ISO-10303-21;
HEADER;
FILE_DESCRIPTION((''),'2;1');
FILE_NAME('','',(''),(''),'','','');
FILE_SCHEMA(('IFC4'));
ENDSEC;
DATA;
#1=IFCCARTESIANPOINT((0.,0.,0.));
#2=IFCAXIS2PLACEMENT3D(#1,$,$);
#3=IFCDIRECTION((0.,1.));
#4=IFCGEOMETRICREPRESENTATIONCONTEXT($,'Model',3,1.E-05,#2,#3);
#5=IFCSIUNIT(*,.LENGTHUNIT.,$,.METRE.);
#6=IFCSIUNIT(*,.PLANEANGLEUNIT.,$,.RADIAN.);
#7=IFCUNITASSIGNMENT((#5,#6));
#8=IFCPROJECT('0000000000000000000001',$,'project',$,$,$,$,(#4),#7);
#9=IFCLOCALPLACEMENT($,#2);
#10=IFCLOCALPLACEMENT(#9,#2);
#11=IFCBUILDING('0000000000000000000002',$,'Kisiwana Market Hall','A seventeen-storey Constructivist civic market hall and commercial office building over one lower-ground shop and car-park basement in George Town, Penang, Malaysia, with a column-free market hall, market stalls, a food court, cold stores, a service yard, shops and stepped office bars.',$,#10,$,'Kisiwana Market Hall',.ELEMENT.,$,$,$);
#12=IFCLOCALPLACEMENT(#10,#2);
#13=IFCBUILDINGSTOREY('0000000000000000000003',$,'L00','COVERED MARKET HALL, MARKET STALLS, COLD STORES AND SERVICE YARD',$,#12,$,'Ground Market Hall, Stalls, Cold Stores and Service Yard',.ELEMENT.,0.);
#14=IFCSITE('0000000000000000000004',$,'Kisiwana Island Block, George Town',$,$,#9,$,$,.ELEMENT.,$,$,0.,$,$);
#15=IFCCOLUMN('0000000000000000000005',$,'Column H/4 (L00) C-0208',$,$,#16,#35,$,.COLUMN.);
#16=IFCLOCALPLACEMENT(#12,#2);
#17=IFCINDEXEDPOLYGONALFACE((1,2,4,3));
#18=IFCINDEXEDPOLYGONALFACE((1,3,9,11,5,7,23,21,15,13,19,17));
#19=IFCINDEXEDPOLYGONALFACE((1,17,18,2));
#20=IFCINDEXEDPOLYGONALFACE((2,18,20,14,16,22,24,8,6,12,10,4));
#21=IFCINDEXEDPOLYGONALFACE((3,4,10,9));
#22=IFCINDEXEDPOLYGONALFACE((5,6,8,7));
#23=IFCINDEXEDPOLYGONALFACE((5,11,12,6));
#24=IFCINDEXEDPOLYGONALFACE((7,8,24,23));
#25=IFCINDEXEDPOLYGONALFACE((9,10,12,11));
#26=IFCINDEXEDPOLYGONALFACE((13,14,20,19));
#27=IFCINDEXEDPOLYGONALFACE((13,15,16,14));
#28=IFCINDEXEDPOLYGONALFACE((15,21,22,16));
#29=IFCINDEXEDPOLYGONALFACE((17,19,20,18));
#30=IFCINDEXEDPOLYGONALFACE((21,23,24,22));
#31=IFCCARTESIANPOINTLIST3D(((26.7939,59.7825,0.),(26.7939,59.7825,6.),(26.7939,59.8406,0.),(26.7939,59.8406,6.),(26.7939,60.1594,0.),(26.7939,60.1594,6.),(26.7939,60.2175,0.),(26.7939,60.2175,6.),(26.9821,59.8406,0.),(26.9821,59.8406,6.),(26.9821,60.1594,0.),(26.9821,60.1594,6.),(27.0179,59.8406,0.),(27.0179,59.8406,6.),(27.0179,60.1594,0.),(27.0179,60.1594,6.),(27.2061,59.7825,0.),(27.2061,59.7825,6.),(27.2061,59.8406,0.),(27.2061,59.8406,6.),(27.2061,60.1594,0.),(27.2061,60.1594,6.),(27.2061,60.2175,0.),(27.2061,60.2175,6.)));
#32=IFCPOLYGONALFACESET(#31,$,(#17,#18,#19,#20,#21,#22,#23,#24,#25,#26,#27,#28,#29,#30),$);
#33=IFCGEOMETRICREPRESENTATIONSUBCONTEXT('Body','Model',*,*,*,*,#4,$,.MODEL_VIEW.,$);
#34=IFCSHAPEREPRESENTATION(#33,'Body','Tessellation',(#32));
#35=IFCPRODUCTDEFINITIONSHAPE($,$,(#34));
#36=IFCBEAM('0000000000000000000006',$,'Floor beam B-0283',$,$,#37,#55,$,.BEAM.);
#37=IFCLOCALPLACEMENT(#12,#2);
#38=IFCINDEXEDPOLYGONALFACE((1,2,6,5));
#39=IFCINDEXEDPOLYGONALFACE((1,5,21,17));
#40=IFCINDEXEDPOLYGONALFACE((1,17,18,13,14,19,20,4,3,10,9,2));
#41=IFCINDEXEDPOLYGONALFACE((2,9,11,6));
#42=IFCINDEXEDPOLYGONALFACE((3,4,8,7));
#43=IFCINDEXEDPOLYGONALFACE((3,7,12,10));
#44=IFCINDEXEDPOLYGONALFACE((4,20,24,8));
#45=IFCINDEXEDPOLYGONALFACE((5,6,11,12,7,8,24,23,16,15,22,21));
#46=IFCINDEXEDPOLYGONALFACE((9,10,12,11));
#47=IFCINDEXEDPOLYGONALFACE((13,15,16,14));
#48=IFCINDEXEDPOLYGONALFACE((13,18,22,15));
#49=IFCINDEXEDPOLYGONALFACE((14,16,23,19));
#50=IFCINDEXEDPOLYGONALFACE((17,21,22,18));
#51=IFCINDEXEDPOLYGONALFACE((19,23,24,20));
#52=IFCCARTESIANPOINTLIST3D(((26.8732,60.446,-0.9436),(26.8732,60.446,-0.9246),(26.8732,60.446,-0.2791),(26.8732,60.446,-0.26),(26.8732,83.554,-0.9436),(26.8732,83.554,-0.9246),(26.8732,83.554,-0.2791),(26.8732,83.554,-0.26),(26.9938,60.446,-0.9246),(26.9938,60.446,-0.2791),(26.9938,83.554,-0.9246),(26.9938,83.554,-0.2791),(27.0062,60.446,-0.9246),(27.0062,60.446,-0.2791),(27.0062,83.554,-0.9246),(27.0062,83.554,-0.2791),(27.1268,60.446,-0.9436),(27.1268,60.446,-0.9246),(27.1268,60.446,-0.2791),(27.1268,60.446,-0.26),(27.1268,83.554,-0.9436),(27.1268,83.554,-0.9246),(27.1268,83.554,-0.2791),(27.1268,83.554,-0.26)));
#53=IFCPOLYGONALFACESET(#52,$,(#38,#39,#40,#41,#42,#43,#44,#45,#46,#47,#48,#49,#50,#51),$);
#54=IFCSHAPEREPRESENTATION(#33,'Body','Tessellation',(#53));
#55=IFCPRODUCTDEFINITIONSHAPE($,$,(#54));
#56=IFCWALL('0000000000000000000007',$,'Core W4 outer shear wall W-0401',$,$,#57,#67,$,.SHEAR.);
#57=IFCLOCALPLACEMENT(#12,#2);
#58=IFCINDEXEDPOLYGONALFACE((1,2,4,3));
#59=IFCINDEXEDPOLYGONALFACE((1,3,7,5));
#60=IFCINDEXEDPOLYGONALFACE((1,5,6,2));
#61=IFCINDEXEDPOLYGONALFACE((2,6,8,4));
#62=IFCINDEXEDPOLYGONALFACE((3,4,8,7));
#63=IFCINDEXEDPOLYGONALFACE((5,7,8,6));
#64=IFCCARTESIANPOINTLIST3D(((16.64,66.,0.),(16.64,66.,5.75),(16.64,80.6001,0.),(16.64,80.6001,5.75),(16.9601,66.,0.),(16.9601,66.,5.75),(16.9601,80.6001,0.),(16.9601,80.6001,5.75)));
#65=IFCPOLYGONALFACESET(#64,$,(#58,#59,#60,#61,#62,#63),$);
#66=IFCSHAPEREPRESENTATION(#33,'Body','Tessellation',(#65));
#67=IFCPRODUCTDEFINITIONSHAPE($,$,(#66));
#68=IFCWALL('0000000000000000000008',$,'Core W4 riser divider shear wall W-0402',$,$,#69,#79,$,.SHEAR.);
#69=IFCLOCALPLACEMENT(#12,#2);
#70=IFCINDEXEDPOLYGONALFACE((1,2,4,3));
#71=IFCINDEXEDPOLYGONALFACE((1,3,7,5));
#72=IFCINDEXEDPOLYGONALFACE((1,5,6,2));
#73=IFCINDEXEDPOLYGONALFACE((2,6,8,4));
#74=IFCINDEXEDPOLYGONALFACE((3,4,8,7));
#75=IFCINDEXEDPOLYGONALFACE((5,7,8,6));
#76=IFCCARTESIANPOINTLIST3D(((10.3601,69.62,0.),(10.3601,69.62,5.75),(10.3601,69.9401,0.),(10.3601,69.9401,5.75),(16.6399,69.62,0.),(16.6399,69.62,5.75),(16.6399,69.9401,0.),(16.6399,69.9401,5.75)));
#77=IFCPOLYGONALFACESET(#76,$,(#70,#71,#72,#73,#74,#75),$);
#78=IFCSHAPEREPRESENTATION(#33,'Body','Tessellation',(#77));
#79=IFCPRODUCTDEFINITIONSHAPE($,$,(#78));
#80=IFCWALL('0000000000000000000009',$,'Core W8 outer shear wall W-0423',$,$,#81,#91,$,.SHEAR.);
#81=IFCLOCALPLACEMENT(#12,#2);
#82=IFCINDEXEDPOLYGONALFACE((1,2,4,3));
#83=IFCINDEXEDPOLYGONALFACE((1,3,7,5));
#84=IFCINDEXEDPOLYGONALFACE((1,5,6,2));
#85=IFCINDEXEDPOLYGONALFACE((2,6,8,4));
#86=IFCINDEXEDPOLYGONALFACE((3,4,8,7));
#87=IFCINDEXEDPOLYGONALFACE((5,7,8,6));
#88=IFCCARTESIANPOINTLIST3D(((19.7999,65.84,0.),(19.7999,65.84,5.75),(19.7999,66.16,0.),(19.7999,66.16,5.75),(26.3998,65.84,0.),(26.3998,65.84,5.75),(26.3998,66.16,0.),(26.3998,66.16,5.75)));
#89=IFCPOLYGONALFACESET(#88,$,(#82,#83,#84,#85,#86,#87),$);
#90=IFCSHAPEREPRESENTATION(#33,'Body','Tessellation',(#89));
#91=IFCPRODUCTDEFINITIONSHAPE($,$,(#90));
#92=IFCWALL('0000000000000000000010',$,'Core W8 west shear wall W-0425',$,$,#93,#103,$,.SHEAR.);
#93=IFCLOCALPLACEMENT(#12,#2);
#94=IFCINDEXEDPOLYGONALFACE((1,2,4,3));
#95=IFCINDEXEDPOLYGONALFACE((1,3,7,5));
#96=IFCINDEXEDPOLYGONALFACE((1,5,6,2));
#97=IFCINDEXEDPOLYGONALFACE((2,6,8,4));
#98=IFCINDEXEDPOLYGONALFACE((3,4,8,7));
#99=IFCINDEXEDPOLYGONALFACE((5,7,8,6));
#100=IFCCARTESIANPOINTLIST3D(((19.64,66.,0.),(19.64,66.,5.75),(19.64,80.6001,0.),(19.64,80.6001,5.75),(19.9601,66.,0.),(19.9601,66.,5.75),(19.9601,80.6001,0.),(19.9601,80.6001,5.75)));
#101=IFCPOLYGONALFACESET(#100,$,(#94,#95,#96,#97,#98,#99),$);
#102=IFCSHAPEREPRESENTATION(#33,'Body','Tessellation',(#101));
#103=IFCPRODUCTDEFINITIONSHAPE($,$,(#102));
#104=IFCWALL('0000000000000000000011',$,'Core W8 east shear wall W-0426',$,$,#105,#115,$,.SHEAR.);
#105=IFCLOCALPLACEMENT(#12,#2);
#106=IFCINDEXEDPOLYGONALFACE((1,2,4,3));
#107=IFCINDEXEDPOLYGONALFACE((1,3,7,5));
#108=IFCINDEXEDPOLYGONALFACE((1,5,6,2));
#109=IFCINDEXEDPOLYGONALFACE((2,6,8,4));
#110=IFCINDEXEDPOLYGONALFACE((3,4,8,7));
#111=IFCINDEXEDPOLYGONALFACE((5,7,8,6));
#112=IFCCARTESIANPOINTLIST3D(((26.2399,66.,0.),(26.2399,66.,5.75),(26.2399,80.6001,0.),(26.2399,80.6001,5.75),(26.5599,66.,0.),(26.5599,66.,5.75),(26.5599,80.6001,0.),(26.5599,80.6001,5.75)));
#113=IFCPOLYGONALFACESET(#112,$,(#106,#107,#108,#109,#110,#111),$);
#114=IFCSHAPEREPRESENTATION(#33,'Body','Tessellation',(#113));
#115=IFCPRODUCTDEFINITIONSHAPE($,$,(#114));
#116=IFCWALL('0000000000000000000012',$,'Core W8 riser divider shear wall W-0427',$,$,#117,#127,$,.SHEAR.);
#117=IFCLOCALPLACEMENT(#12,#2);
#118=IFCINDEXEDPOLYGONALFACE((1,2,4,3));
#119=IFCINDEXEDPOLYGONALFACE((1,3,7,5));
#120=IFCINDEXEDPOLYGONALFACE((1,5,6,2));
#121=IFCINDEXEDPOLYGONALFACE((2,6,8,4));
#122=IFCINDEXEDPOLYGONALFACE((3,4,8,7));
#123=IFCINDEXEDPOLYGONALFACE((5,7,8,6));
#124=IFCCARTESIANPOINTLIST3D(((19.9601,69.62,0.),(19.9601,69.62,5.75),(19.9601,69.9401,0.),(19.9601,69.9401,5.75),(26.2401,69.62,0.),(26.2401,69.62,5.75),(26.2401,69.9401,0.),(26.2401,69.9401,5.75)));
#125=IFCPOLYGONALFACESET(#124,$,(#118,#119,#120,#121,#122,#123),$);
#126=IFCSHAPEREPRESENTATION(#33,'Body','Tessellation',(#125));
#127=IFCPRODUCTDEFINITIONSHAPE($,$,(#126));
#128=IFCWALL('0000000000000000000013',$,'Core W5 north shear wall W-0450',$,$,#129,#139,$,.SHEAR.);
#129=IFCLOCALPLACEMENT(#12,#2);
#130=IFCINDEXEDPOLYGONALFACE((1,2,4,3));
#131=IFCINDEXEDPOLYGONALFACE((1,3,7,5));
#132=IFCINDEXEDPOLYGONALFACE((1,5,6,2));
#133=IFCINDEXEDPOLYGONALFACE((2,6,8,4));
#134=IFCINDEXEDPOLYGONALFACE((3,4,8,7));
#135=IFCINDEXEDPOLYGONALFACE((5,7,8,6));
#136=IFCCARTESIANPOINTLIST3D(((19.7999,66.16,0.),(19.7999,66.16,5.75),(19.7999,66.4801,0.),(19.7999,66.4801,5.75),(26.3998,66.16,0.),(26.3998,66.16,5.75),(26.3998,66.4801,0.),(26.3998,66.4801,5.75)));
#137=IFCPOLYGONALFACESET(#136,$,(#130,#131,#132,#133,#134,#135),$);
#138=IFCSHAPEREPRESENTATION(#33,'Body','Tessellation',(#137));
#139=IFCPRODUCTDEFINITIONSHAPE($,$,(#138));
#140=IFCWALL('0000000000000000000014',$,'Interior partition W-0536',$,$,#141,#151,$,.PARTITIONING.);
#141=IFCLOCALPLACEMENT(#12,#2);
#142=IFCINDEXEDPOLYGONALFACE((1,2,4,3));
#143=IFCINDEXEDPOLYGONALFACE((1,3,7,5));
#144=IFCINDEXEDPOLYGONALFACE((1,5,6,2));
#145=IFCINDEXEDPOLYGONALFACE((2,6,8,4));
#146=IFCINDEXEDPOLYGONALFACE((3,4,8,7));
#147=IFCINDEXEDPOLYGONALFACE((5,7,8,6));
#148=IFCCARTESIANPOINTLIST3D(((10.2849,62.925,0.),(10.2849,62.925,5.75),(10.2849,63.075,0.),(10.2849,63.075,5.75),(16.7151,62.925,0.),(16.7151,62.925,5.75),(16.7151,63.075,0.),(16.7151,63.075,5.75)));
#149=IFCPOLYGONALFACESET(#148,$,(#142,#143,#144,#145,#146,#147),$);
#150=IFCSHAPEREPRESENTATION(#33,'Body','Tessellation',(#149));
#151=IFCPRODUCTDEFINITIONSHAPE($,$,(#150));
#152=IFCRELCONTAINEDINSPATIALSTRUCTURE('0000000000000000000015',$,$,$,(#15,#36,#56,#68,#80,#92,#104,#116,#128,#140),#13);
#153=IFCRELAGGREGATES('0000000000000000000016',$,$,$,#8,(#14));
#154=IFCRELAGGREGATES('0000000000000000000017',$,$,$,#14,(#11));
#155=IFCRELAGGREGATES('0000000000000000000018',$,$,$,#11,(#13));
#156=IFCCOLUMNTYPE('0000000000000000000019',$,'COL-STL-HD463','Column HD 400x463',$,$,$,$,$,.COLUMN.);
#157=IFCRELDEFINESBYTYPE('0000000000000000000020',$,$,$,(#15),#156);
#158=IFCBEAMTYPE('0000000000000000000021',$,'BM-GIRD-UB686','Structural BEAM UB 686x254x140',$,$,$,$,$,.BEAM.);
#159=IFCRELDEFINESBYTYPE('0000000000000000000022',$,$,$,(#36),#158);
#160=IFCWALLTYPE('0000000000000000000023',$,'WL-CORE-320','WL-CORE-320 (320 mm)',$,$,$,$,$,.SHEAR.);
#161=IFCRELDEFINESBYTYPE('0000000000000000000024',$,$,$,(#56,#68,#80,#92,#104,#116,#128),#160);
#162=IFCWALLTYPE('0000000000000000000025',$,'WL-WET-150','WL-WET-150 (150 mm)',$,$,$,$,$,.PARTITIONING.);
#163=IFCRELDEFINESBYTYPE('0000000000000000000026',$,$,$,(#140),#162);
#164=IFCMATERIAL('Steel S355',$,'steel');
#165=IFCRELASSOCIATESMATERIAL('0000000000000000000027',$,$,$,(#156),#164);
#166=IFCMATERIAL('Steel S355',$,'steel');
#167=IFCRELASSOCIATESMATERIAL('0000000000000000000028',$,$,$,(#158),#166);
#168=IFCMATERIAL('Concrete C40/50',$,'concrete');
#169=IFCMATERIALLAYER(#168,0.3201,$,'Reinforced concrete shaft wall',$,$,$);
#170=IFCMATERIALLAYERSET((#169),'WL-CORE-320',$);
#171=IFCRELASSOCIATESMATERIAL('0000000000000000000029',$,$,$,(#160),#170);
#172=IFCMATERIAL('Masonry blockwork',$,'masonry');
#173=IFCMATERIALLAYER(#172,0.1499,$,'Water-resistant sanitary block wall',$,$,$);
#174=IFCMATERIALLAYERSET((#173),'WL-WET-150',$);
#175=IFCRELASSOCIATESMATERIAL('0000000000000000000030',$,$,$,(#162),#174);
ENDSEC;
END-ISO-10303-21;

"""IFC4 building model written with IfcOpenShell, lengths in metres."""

from ifc_helpers import new_model, si_unit, direction, frame, frame_2d, origin, origin_2d, place, context, subcontext, project, spatial, rectangle, i_section, extrude, material, layer, layer_set, material_profile, profile_set, type_object, element, save


model = new_model("IFC4")

# Units and contexts
model_context = context("Model", 3, precision=1e-05, world=origin(), true_north=direction((0.0, 1.0)))
body_context = subcontext(model_context, "Body", "Model", "MODEL_VIEW")
ifc_project = project(units=[si_unit("LENGTHUNIT", "METRE"), si_unit("PLANEANGLEUNIT", "RADIAN")], contexts=[model_context])

# Site, building, storey
site_placement = place(None, origin())
site = spatial("IfcSite", under=ifc_project, at=site_placement, Name="Kisiwana Island Block, George Town", CompositionType="ELEMENT", RefElevation=0.0)
building_placement = place(site_placement, origin())
building = spatial("IfcBuilding", under=site, at=building_placement, Name="Kisiwana Market Hall", Description="A seventeen-storey Constructivist civic market hall and commercial office building over one lower-ground shop and car-park basement in George Town, Penang, Malaysia, with a column-free market hall, market stalls, a food court, cold stores, a service yard, shops and stepped office bars.", LongName="Kisiwana Market Hall", CompositionType="ELEMENT")
storey_placement = place(building_placement, origin())
storey = spatial("IfcBuildingStorey", under=building, at=storey_placement, Name="L00", Description="COVERED MARKET HALL, MARKET STALLS, COLD STORES AND SERVICE YARD", LongName="Ground Market Hall, Stalls, Cold Stores and Service Yard", CompositionType="ELEMENT", Elevation=0.0)

# Column
ifc_material_1 = material(Name="Steel S355", Category="steel")
ifc_material_profile_1 = material_profile(ifc_material_1, i_section(OverallWidth=0.4121, OverallDepth=0.4351, WebThickness=0.0359, FlangeThickness=0.0581, at=origin_2d()), Name="HD 400x463")
ifc_profile_set_1 = profile_set([ifc_material_profile_1], Name="Steel S355")
column_type = type_object("IfcColumnType", Name="COL-STL-HD463", Description="Column HD 400x463", PredefinedType="COLUMN", material=ifc_profile_set_1)
column_placement = place(storey_placement, frame((27.0, 60.0, 0.0), z_axis=(0.0, 0.0, 1.0), x_axis=(1.0, 0.0, 0.0)))
element("IfcColumn", 1, at=column_placement, inside=storey, type_object=column_type, Name="Column H/4 (L00) C-0208", PredefinedType="COLUMN", context=body_context, shape_type="SweptSolid", body=[
    extrude(i_section(OverallWidth=0.4121, OverallDepth=0.4351, WebThickness=0.0359, FlangeThickness=0.0581, at=origin_2d()), origin(), (0.0, 0.0, 1.0), 6.0),
])

# Beam
ifc_material_2 = material(Name="Steel S355", Category="steel")
ifc_material_profile_2 = material_profile(ifc_material_2, i_section(OverallWidth=0.2537, OverallDepth=0.6836, WebThickness=0.0125, FlangeThickness=0.019, at=origin_2d()), Name="UB 686x254x140")
ifc_profile_set_2 = profile_set([ifc_material_profile_2], Name="Steel S355")
beam_type = type_object("IfcBeamType", Name="BM-GIRD-UB686", Description="Structural BEAM UB 686x254x140", PredefinedType="BEAM", material=ifc_profile_set_2)
beam_placement = place(storey_placement, frame((27.0, 60.446, -0.6018), z_axis=(0.0, 1.0, 0.0), x_axis=(-1.0, 0.0, 0.0)))
element("IfcBeam", 2, at=beam_placement, inside=storey, type_object=beam_type, Name="Floor beam B-0283", PredefinedType="BEAM", context=body_context, shape_type="SweptSolid", body=[
    extrude(i_section(OverallWidth=0.2537, OverallDepth=0.6836, WebThickness=0.0125, FlangeThickness=0.019, at=origin_2d()), origin(), (0.0, 0.0, 1.0), 23.1079),
])

# Walls
ifc_material_3 = material(Name="Concrete C40/50", Category="concrete")
ifc_layer_1 = layer(ifc_material_3, 0.3201, Name="Reinforced concrete shaft wall")
ifc_layer_set_1 = layer_set([ifc_layer_1], Name="WL-CORE-320")
wall_type_1 = type_object("IfcWallType", Name="WL-CORE-320", Description="WL-CORE-320 (320 mm)", PredefinedType="SHEAR", material=ifc_layer_set_1)
wall_1_placement = place(storey_placement, frame((16.8, 66.0, 0.0), z_axis=(0.0, 0.0, 1.0), x_axis=(0.0, 1.0, 0.0)))
element("IfcWall", 3, at=wall_1_placement, inside=storey, type_object=wall_type_1, Name="Core W4 outer shear wall W-0401", PredefinedType="SHEAR", context=body_context, shape_type="SweptSolid", body=[
    extrude(rectangle(XDim=14.6001, YDim=0.3201, at=frame_2d((7.3, 0.0))), origin(), (0.0, 0.0, 1.0), 5.75),
])
wall_2_placement = place(storey_placement, frame((10.3601, 69.78, 0.0), z_axis=(0.0, 0.0, 1.0), x_axis=(1.0, 0.0, 0.0)))
element("IfcWall", 4, at=wall_2_placement, inside=storey, type_object=wall_type_1, Name="Core W4 riser divider shear wall W-0402", PredefinedType="SHEAR", context=body_context, shape_type="SweptSolid", body=[
    extrude(rectangle(XDim=6.2798, YDim=0.3201, at=frame_2d((3.1399, 0.0))), origin(), (0.0, 0.0, 1.0), 5.75),
])
wall_3_placement = place(storey_placement, frame((19.8, 66.0, 0.0), z_axis=(0.0, 0.0, 1.0), x_axis=(1.0, 0.0, 0.0)))
element("IfcWall", 5, at=wall_3_placement, inside=storey, type_object=wall_type_1, Name="Core W8 outer shear wall W-0423", PredefinedType="SHEAR", context=body_context, shape_type="SweptSolid", body=[
    extrude(rectangle(XDim=6.5999, YDim=0.3201, at=frame_2d((3.2998, 0.0))), origin(), (0.0, 0.0, 1.0), 5.75),
])
for number, where, z_axis, x_axis, name in (
    (6, (19.8, 66.0, 0.0), (0.0, 0.0, 1.0), (0.0, 1.0, 0.0), "Core W8 west shear wall W-0425"),
    (7, (26.3999, 66.0, 0.0), (0.0, 0.0, 1.0), (0.0, 1.0, 0.0), "Core W8 east shear wall W-0426"),
):
    element("IfcWall", number, at=place(storey_placement, frame(where, z_axis=z_axis, x_axis=x_axis)), inside=storey, type_object=wall_type_1, Name=name, PredefinedType="SHEAR", context=body_context, shape_type="SweptSolid", body=[
        extrude(rectangle(XDim=14.6001, YDim=0.3201, at=frame_2d((7.3, 0.0))), origin(), (0.0, 0.0, 1.0), 5.75),
    ])
wall_4_placement = place(storey_placement, frame((19.96, 69.78, 0.0), z_axis=(0.0, 0.0, 1.0), x_axis=(1.0, 0.0, 0.0)))
element("IfcWall", 8, at=wall_4_placement, inside=storey, type_object=wall_type_1, Name="Core W8 riser divider shear wall W-0427", PredefinedType="SHEAR", context=body_context, shape_type="SweptSolid", body=[
    extrude(rectangle(XDim=6.28, YDim=0.3201, at=frame_2d((3.1401, 0.0))), origin(), (0.0, 0.0, 1.0), 5.75),
])
wall_5_placement = place(storey_placement, frame((19.8, 66.3201, 0.0), z_axis=(0.0, 0.0, 1.0), x_axis=(1.0, 0.0, 0.0)))
element("IfcWall", 9, at=wall_5_placement, inside=storey, type_object=wall_type_1, Name="Core W5 north shear wall W-0450", PredefinedType="SHEAR", context=body_context, shape_type="SweptSolid", body=[
    extrude(rectangle(XDim=6.5999, YDim=0.3201, at=frame_2d((3.2998, 0.0))), origin(), (0.0, 0.0, 1.0), 5.75),
])
ifc_material_4 = material(Name="Masonry blockwork", Category="masonry")
ifc_layer_2 = layer(ifc_material_4, 0.1499, Name="Water-resistant sanitary block wall")
ifc_layer_set_2 = layer_set([ifc_layer_2], Name="WL-WET-150")
wall_type_2 = type_object("IfcWallType", Name="WL-WET-150", Description="WL-WET-150 (150 mm)", PredefinedType="PARTITIONING", material=ifc_layer_set_2)
wall_6_placement = place(storey_placement, frame((10.2849, 63.0, 0.0), z_axis=(0.0, 0.0, 1.0), x_axis=(1.0, 0.0, 0.0)))
element("IfcWall", 10, at=wall_6_placement, inside=storey, type_object=wall_type_2, Name="Interior partition W-0536", PredefinedType="PARTITIONING", context=body_context, shape_type="SweptSolid", body=[
    extrude(rectangle(XDim=6.4302, YDim=0.1499, at=frame_2d((3.2151, 0.0))), origin(), (0.0, 0.0, 1.0), 5.75),
])

save(model, "model.ifc")
